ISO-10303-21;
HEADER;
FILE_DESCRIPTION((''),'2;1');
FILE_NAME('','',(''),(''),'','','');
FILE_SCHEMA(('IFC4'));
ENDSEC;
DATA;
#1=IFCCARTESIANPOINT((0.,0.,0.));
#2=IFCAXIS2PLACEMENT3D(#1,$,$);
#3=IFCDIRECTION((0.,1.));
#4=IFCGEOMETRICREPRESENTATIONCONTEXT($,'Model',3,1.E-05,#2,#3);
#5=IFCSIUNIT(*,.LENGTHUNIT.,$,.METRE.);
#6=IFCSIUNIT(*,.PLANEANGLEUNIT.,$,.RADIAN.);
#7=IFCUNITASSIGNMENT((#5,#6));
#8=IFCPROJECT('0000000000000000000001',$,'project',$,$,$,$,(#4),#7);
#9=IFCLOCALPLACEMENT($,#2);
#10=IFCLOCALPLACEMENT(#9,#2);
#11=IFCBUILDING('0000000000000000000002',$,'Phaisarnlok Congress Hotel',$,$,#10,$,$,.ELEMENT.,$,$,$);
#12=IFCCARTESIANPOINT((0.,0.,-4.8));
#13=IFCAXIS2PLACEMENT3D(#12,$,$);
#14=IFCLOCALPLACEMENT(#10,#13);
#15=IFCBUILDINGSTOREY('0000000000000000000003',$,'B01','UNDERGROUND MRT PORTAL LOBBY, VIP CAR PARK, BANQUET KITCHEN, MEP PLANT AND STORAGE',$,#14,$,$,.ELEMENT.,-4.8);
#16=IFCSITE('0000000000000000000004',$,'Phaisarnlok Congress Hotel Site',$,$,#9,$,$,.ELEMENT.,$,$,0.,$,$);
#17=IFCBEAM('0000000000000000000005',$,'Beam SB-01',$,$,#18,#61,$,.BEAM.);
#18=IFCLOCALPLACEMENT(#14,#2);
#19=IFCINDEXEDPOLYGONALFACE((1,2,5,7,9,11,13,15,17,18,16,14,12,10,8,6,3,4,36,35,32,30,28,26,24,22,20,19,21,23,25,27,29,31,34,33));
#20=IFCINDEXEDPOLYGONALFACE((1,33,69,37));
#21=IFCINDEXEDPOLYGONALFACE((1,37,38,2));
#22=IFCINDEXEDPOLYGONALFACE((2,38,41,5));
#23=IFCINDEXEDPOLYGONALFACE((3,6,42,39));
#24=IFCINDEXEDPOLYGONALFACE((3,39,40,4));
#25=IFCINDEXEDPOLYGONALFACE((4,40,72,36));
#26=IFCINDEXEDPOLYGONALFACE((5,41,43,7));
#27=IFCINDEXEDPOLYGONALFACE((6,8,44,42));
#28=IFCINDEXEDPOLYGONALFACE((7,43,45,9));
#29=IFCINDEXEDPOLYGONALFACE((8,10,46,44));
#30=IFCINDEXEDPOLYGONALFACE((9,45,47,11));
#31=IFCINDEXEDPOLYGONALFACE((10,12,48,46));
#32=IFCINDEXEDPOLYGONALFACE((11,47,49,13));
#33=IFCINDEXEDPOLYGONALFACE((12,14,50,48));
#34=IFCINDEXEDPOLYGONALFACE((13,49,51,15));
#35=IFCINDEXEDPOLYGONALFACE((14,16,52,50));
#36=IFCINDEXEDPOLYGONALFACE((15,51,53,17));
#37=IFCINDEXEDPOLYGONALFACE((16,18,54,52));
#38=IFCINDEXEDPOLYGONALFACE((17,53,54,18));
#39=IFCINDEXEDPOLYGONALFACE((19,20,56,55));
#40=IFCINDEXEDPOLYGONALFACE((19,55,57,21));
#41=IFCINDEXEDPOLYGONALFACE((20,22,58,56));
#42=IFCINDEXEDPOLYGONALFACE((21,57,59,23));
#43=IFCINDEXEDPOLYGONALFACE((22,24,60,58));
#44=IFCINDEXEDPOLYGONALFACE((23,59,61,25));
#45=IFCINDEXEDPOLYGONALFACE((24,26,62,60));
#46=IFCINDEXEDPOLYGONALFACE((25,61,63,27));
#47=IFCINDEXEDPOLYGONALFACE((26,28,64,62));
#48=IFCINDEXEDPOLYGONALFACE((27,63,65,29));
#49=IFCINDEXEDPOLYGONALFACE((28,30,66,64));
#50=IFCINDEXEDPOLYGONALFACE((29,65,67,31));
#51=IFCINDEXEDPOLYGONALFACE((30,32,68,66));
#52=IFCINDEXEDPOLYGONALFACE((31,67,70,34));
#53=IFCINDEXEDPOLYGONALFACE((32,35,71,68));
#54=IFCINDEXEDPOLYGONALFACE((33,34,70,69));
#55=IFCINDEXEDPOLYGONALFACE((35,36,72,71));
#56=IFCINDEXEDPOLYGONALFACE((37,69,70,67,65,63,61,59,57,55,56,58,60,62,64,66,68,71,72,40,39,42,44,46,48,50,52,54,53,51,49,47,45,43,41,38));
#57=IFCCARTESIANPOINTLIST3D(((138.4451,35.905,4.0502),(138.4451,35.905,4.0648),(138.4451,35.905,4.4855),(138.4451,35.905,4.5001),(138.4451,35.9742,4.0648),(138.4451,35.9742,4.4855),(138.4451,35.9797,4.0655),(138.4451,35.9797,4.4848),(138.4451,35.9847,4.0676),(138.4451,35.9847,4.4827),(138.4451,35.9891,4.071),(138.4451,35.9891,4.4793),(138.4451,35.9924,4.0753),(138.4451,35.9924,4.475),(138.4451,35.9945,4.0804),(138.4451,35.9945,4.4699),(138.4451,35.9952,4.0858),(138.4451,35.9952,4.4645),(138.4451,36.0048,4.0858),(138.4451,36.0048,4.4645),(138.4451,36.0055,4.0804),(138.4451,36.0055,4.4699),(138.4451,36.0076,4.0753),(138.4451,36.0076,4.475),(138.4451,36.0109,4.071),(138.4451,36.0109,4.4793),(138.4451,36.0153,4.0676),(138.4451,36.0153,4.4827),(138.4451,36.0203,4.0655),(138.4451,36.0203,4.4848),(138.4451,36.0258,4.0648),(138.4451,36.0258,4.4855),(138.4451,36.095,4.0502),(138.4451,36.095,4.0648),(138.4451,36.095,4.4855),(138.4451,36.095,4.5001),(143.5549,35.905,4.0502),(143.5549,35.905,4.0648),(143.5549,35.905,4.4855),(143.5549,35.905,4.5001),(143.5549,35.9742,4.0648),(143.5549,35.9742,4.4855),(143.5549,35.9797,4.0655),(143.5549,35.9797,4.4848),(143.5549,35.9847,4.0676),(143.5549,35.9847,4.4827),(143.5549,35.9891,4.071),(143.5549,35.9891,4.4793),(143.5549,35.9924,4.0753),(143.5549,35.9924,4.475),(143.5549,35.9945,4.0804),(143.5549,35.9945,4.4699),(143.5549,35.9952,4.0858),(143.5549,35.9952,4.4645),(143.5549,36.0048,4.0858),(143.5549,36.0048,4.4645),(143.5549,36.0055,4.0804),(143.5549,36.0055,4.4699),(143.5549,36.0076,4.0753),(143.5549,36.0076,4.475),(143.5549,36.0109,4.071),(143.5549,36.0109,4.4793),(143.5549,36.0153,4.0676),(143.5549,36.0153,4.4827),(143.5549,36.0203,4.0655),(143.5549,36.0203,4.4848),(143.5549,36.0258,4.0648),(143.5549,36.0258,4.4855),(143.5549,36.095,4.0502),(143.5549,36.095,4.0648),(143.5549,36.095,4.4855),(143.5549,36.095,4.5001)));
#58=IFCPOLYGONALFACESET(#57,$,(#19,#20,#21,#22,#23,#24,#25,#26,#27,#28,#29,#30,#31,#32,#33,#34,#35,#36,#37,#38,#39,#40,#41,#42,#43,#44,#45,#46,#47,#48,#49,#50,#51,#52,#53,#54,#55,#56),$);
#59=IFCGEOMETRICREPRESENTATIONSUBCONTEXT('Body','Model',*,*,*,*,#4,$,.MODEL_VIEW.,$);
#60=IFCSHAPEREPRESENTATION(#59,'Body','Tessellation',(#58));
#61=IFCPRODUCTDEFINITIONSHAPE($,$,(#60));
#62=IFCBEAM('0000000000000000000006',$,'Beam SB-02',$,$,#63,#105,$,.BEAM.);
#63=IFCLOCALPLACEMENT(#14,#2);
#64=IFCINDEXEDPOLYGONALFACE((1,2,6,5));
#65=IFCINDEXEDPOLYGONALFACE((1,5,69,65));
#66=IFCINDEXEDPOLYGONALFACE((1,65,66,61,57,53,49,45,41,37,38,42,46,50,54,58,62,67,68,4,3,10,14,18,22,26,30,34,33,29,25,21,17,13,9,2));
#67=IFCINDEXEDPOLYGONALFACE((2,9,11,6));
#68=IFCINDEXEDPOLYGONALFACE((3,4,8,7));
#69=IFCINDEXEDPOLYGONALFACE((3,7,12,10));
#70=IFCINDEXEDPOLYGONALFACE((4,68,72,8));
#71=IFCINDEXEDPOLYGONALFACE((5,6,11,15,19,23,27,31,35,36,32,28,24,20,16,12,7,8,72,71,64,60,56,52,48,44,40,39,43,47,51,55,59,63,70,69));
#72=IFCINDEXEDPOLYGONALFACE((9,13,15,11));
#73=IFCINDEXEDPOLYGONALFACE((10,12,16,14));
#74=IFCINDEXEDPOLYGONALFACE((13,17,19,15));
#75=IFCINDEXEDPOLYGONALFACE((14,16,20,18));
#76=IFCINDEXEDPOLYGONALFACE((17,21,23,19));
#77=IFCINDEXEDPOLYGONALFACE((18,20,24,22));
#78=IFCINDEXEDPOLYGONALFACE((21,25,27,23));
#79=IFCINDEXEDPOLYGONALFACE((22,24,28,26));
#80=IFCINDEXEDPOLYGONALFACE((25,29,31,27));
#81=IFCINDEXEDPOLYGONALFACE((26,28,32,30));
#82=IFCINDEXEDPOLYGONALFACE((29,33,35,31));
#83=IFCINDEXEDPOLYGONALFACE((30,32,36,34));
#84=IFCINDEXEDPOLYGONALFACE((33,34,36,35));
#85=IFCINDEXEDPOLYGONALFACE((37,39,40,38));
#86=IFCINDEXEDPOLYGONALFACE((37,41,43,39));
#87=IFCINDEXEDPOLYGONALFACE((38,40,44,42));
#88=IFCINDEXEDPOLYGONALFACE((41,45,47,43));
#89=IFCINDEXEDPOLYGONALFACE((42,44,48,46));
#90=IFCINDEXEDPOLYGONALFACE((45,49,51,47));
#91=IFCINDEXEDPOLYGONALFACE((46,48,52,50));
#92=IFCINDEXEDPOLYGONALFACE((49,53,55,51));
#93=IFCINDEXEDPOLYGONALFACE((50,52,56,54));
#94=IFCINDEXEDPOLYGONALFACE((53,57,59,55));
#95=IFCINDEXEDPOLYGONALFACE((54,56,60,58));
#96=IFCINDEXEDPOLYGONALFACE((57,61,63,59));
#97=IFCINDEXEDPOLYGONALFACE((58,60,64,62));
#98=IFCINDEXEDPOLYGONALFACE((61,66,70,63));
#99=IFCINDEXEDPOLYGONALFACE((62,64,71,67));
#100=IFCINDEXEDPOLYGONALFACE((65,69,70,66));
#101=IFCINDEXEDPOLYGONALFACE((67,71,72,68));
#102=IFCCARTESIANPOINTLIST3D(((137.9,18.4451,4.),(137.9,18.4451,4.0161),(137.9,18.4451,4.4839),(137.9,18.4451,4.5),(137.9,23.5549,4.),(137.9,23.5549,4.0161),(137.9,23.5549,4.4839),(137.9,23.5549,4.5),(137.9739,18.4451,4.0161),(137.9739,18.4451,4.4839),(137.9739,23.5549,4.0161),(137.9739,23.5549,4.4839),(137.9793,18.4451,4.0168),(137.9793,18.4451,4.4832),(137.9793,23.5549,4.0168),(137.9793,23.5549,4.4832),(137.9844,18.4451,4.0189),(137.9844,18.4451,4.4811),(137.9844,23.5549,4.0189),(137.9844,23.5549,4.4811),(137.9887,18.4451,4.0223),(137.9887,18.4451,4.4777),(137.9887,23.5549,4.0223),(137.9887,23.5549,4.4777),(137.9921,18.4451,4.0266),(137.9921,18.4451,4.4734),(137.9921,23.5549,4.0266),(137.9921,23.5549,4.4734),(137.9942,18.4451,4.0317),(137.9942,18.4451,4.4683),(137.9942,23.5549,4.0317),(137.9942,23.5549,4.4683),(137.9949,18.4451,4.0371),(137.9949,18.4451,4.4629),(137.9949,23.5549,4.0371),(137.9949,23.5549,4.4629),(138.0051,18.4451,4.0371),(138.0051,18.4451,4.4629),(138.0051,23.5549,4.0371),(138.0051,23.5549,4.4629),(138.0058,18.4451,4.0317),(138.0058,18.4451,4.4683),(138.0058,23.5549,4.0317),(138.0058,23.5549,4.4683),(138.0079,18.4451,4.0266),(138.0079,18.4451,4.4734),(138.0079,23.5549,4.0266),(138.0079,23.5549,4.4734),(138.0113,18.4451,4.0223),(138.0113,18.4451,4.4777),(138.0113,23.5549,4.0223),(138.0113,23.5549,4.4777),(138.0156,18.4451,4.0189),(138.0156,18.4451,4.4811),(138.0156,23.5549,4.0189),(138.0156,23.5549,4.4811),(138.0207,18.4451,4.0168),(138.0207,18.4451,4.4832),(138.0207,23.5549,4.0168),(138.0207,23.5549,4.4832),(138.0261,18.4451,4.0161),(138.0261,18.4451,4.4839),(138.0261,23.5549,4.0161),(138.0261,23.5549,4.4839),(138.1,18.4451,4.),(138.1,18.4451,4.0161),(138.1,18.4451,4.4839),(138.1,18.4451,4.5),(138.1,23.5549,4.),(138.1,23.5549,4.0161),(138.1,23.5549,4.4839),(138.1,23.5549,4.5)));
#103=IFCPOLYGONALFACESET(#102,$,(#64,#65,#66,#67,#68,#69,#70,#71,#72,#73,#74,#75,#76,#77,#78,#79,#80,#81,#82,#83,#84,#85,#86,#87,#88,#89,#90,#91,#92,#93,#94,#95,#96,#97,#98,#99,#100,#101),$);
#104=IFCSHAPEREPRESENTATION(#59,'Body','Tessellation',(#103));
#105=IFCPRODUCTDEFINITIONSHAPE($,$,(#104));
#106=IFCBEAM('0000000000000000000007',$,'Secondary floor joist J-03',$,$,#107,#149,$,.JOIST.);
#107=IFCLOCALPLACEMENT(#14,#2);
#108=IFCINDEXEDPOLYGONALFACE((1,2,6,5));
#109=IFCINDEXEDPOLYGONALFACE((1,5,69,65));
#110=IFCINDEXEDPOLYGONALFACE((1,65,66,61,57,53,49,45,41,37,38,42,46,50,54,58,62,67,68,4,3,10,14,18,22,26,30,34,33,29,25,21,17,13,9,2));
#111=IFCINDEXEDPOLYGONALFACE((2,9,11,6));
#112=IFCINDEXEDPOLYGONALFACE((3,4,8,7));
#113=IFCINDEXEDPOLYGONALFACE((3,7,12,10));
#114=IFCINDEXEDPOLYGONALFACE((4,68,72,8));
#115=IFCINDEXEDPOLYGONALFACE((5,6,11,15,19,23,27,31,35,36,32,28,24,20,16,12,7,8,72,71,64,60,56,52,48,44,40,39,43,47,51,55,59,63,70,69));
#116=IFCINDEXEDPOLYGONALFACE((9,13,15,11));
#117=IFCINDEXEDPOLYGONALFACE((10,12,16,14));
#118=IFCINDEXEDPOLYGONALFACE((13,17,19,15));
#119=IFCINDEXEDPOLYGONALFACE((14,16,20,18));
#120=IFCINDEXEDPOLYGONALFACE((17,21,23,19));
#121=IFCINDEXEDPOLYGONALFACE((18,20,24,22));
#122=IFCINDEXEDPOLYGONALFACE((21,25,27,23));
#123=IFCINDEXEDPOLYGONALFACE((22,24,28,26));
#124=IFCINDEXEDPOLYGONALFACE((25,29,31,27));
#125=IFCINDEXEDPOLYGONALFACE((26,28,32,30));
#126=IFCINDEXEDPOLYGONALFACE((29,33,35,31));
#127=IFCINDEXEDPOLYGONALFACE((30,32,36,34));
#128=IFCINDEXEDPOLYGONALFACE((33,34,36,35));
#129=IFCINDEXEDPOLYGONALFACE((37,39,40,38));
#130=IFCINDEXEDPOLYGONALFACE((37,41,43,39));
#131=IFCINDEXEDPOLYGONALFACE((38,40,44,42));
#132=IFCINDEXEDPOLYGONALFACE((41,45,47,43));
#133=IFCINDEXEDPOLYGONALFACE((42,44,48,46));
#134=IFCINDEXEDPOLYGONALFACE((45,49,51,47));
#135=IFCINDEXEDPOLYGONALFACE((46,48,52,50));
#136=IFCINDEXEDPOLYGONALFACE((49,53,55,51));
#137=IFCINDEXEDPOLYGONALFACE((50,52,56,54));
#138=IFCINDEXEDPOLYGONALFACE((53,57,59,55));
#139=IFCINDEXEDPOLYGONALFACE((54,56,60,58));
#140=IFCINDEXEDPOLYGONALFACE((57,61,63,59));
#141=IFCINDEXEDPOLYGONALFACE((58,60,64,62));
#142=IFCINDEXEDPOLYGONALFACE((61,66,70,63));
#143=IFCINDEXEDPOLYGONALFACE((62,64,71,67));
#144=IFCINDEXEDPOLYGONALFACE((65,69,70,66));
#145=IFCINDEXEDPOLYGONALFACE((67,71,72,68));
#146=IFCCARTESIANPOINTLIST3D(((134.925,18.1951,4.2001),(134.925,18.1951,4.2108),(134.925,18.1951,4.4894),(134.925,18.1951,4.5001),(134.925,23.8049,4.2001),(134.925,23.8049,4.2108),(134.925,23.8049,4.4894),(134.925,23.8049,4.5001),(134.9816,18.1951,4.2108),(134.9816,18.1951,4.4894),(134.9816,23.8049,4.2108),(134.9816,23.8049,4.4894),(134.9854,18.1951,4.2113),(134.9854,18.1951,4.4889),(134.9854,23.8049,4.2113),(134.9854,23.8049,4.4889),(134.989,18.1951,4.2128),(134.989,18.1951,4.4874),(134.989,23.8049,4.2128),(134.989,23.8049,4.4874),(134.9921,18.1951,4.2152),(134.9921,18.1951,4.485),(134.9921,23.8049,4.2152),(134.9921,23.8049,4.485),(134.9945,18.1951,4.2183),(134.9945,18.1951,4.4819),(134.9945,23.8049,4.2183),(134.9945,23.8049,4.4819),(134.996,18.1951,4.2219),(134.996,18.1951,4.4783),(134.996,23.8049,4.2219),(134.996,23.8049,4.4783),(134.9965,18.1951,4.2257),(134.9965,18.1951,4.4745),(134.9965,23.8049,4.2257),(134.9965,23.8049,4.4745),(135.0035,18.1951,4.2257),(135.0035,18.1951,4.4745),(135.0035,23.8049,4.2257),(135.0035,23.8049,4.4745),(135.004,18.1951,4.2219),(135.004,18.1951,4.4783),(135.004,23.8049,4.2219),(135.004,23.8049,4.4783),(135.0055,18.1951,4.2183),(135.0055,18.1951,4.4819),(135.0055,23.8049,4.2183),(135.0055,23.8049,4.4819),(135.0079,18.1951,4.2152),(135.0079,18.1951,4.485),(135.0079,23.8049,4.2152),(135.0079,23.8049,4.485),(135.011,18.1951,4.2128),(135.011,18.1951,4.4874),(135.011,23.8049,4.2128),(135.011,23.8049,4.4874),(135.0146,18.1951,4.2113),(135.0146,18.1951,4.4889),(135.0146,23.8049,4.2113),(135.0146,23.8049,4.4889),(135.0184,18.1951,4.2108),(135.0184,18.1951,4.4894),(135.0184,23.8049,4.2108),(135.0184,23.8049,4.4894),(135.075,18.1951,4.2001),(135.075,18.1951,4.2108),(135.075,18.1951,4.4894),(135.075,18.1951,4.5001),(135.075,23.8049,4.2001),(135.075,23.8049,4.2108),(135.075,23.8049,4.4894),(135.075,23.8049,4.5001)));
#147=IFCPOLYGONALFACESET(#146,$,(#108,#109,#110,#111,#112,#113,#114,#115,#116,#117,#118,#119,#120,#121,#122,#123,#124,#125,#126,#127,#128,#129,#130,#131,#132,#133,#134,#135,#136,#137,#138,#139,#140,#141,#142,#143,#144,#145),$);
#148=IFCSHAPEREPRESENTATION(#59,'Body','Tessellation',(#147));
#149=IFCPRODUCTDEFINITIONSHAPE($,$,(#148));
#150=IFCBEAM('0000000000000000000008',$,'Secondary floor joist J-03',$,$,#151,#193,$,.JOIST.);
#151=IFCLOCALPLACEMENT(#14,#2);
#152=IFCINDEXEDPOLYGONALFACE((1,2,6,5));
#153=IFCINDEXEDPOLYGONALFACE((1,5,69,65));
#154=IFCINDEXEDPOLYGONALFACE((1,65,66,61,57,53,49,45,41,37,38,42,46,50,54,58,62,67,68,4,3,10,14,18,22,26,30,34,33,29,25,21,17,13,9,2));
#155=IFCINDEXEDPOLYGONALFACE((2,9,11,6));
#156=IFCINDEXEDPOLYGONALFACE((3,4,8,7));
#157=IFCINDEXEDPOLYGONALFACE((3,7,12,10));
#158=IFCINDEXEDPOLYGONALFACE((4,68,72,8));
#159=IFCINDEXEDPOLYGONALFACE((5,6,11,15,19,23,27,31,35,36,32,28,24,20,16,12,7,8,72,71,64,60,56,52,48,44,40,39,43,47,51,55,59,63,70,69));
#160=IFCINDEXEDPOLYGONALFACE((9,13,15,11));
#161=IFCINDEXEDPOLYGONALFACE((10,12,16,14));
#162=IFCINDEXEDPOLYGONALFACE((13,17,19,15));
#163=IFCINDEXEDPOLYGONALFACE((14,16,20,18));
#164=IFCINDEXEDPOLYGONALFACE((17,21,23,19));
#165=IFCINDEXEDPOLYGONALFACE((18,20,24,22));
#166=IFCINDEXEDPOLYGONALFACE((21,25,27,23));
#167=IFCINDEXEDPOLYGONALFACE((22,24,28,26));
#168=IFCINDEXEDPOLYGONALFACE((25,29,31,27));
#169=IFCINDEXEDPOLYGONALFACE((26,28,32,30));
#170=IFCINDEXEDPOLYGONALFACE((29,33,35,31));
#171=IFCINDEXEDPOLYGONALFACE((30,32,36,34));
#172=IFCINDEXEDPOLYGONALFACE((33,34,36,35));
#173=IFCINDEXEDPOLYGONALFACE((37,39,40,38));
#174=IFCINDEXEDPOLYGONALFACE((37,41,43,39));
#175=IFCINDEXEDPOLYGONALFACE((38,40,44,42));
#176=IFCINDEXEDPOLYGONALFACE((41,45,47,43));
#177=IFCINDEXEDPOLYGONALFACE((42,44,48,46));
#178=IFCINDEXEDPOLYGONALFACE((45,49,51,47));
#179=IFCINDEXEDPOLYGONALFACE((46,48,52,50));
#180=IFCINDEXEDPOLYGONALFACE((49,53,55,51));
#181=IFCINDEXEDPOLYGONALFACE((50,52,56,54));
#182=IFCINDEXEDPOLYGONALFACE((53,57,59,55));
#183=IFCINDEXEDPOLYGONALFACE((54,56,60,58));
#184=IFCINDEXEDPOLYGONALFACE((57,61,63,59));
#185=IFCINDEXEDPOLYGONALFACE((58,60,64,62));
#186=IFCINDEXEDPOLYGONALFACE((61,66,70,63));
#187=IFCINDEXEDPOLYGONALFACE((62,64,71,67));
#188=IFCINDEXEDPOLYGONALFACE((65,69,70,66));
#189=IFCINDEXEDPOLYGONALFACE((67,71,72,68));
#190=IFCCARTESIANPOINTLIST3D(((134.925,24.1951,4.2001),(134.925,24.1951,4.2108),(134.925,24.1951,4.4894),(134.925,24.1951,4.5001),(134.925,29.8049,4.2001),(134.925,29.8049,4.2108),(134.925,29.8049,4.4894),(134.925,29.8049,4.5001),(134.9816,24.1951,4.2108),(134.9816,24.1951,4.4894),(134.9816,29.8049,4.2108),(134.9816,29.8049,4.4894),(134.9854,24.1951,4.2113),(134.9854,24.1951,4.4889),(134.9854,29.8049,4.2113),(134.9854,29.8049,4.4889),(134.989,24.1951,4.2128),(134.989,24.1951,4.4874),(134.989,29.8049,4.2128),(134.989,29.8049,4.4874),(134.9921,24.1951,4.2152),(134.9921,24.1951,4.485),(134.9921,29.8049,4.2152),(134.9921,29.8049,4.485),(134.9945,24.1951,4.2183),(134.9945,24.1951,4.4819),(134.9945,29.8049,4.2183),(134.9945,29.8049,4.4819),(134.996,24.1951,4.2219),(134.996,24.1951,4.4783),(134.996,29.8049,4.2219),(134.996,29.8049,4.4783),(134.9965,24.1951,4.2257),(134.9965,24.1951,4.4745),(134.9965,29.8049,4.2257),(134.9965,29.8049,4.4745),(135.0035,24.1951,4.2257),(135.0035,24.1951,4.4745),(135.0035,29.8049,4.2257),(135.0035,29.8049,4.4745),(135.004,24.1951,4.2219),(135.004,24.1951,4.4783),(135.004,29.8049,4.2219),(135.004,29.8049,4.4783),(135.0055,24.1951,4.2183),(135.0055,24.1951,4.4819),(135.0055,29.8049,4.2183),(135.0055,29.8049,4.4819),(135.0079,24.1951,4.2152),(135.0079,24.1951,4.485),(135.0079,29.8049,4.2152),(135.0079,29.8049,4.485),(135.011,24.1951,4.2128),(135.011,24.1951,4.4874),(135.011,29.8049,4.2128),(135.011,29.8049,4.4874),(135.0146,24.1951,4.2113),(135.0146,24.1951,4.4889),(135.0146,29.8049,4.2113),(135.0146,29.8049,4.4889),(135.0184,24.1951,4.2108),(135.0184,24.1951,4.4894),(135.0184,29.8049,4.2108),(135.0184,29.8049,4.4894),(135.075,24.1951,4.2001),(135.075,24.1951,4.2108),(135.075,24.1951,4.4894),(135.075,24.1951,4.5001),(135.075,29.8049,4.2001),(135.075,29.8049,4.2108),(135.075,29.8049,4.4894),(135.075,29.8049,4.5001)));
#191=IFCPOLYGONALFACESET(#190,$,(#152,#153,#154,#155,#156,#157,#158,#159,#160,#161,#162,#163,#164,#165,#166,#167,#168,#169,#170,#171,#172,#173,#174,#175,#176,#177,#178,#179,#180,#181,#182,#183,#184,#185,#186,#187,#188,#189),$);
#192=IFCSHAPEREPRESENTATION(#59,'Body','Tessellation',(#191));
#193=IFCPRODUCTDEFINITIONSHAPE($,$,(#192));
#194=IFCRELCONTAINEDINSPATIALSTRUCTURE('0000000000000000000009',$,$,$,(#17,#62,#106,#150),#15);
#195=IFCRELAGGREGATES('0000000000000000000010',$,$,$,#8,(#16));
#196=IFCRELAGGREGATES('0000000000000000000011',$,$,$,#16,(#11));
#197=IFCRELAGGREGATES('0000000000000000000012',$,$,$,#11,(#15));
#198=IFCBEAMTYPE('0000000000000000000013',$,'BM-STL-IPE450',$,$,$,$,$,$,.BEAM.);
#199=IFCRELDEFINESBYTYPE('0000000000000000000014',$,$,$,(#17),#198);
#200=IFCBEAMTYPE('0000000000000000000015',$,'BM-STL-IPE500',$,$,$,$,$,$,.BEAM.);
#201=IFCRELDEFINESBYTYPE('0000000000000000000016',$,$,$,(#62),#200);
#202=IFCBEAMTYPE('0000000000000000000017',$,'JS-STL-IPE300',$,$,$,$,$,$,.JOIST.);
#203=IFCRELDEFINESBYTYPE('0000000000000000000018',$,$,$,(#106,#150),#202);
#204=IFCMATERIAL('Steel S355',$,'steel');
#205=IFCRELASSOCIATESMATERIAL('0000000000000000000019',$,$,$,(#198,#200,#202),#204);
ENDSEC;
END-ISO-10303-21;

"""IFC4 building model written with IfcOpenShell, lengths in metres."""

from ifc_helpers import new_model, si_unit, direction, frame, origin, origin_2d, place, context, subcontext, project, spatial, i_section, extrude, material, material_profile, profile_set, type_object, element, save


model = new_model("IFC4")

# Units and contexts
model_context = context("Model", 3, precision=1e-05, world=origin(), true_north=direction((0.0, 1.0)))
body_context = subcontext(model_context, "Body", "Model", "MODEL_VIEW")
ifc_project = project(units=[si_unit("LENGTHUNIT", "METRE"), si_unit("PLANEANGLEUNIT", "RADIAN")], contexts=[model_context])

# Site, building, storey
site_placement = place(None, origin())
site = spatial("IfcSite", under=ifc_project, at=site_placement, Name="Phaisarnlok Congress Hotel Site", CompositionType="ELEMENT", RefElevation=0.0)
building_placement = place(site_placement, origin())
building = spatial("IfcBuilding", under=site, at=building_placement, Name="Phaisarnlok Congress Hotel", CompositionType="ELEMENT")
storey_placement = place(building_placement, frame((0.0, 0.0, -4.8)))
storey = spatial("IfcBuildingStorey", under=building, at=storey_placement, Name="B01", Description="UNDERGROUND MRT PORTAL LOBBY, VIP CAR PARK, BANQUET KITCHEN, MEP PLANT AND STORAGE", CompositionType="ELEMENT", Elevation=-4.8)

# Beams
ifc_material_1 = material(Name="Steel S355", Category="steel")
ifc_material_profile_1 = material_profile(ifc_material_1, i_section(OverallWidth=0.1899, OverallDepth=0.45, WebThickness=0.0095, FlangeThickness=0.0146, FilletRadius=0.021, at=origin_2d()), Name="IPE 450")
ifc_profile_set_1 = profile_set([ifc_material_profile_1], Name="Steel S355")
beam_type_1 = type_object("IfcBeamType", Name="BM-STL-IPE450", PredefinedType="BEAM", material=ifc_profile_set_1)
for number, where, z_axis, x_axis, name in (
    (1, (138.4451, 36.0, 4.2751), (1.0, 0.0, 0.0), (0.0, 1.0, 0.0), "Beam SB-01"),
):
    element("IfcBeam", number, at=place(storey_placement, frame(where, z_axis=z_axis, x_axis=x_axis)), inside=storey, type_object=beam_type_1, Name=name, PredefinedType="BEAM", context=body_context, shape_type="SweptSolid", body=[
        extrude(i_section(OverallWidth=0.1899, OverallDepth=0.45, WebThickness=0.0095, FlangeThickness=0.0146, FilletRadius=0.021, at=origin_2d()), origin(), (0.0, 0.0, 1.0), 5.1099),
    ])
ifc_material_profile_2 = material_profile(ifc_material_1, i_section(OverallWidth=0.2, OverallDepth=0.5, WebThickness=0.0103, FlangeThickness=0.0161, FilletRadius=0.021, at=origin_2d()), Name="IPE 500")
ifc_profile_set_2 = profile_set([ifc_material_profile_2], Name="Steel S355")
beam_type_2 = type_object("IfcBeamType", Name="BM-STL-IPE500", PredefinedType="BEAM", material=ifc_profile_set_2)
beam_1_placement = place(storey_placement, frame((138.0, 18.4451, 4.25), z_axis=(0.0, 1.0, 0.0), x_axis=(-1.0, 0.0, 0.0)))
element("IfcBeam", 2, at=beam_1_placement, inside=storey, type_object=beam_type_2, Name="Beam SB-02", PredefinedType="BEAM", context=body_context, shape_type="SweptSolid", body=[
    extrude(i_section(OverallWidth=0.2, OverallDepth=0.5, WebThickness=0.0103, FlangeThickness=0.0161, FilletRadius=0.021, at=origin_2d()), origin(), (0.0, 0.0, 1.0), 5.1099),
])
ifc_material_profile_3 = material_profile(ifc_material_1, i_section(OverallWidth=0.1499, OverallDepth=0.3, WebThickness=0.0071, FlangeThickness=0.0107, FilletRadius=0.0149, at=origin_2d()), Name="IPE 300")
ifc_profile_set_3 = profile_set([ifc_material_profile_3], Name="Steel S355")
beam_type_3 = type_object("IfcBeamType", Name="JS-STL-IPE300", PredefinedType="JOIST", material=ifc_profile_set_3)
for number, where, z_axis, x_axis, name in (
    (3, (135.0, 18.1951, 4.3501), (0.0, 1.0, 0.0), (-1.0, 0.0, 0.0), "Secondary floor joist J-03"),
    (4, (135.0, 24.1951, 4.3501), (0.0, 1.0, 0.0), (-1.0, 0.0, 0.0), "Secondary floor joist J-03"),
):
    element("IfcBeam", number, at=place(storey_placement, frame(where, z_axis=z_axis, x_axis=x_axis)), inside=storey, type_object=beam_type_3, Name=name, PredefinedType="JOIST", context=body_context, shape_type="SweptSolid", body=[
        extrude(i_section(OverallWidth=0.1499, OverallDepth=0.3, WebThickness=0.0071, FlangeThickness=0.0107, FilletRadius=0.0149, at=origin_2d()), origin(), (0.0, 0.0, 1.0), 5.6099),
    ])

save(model, "model.ifc")
